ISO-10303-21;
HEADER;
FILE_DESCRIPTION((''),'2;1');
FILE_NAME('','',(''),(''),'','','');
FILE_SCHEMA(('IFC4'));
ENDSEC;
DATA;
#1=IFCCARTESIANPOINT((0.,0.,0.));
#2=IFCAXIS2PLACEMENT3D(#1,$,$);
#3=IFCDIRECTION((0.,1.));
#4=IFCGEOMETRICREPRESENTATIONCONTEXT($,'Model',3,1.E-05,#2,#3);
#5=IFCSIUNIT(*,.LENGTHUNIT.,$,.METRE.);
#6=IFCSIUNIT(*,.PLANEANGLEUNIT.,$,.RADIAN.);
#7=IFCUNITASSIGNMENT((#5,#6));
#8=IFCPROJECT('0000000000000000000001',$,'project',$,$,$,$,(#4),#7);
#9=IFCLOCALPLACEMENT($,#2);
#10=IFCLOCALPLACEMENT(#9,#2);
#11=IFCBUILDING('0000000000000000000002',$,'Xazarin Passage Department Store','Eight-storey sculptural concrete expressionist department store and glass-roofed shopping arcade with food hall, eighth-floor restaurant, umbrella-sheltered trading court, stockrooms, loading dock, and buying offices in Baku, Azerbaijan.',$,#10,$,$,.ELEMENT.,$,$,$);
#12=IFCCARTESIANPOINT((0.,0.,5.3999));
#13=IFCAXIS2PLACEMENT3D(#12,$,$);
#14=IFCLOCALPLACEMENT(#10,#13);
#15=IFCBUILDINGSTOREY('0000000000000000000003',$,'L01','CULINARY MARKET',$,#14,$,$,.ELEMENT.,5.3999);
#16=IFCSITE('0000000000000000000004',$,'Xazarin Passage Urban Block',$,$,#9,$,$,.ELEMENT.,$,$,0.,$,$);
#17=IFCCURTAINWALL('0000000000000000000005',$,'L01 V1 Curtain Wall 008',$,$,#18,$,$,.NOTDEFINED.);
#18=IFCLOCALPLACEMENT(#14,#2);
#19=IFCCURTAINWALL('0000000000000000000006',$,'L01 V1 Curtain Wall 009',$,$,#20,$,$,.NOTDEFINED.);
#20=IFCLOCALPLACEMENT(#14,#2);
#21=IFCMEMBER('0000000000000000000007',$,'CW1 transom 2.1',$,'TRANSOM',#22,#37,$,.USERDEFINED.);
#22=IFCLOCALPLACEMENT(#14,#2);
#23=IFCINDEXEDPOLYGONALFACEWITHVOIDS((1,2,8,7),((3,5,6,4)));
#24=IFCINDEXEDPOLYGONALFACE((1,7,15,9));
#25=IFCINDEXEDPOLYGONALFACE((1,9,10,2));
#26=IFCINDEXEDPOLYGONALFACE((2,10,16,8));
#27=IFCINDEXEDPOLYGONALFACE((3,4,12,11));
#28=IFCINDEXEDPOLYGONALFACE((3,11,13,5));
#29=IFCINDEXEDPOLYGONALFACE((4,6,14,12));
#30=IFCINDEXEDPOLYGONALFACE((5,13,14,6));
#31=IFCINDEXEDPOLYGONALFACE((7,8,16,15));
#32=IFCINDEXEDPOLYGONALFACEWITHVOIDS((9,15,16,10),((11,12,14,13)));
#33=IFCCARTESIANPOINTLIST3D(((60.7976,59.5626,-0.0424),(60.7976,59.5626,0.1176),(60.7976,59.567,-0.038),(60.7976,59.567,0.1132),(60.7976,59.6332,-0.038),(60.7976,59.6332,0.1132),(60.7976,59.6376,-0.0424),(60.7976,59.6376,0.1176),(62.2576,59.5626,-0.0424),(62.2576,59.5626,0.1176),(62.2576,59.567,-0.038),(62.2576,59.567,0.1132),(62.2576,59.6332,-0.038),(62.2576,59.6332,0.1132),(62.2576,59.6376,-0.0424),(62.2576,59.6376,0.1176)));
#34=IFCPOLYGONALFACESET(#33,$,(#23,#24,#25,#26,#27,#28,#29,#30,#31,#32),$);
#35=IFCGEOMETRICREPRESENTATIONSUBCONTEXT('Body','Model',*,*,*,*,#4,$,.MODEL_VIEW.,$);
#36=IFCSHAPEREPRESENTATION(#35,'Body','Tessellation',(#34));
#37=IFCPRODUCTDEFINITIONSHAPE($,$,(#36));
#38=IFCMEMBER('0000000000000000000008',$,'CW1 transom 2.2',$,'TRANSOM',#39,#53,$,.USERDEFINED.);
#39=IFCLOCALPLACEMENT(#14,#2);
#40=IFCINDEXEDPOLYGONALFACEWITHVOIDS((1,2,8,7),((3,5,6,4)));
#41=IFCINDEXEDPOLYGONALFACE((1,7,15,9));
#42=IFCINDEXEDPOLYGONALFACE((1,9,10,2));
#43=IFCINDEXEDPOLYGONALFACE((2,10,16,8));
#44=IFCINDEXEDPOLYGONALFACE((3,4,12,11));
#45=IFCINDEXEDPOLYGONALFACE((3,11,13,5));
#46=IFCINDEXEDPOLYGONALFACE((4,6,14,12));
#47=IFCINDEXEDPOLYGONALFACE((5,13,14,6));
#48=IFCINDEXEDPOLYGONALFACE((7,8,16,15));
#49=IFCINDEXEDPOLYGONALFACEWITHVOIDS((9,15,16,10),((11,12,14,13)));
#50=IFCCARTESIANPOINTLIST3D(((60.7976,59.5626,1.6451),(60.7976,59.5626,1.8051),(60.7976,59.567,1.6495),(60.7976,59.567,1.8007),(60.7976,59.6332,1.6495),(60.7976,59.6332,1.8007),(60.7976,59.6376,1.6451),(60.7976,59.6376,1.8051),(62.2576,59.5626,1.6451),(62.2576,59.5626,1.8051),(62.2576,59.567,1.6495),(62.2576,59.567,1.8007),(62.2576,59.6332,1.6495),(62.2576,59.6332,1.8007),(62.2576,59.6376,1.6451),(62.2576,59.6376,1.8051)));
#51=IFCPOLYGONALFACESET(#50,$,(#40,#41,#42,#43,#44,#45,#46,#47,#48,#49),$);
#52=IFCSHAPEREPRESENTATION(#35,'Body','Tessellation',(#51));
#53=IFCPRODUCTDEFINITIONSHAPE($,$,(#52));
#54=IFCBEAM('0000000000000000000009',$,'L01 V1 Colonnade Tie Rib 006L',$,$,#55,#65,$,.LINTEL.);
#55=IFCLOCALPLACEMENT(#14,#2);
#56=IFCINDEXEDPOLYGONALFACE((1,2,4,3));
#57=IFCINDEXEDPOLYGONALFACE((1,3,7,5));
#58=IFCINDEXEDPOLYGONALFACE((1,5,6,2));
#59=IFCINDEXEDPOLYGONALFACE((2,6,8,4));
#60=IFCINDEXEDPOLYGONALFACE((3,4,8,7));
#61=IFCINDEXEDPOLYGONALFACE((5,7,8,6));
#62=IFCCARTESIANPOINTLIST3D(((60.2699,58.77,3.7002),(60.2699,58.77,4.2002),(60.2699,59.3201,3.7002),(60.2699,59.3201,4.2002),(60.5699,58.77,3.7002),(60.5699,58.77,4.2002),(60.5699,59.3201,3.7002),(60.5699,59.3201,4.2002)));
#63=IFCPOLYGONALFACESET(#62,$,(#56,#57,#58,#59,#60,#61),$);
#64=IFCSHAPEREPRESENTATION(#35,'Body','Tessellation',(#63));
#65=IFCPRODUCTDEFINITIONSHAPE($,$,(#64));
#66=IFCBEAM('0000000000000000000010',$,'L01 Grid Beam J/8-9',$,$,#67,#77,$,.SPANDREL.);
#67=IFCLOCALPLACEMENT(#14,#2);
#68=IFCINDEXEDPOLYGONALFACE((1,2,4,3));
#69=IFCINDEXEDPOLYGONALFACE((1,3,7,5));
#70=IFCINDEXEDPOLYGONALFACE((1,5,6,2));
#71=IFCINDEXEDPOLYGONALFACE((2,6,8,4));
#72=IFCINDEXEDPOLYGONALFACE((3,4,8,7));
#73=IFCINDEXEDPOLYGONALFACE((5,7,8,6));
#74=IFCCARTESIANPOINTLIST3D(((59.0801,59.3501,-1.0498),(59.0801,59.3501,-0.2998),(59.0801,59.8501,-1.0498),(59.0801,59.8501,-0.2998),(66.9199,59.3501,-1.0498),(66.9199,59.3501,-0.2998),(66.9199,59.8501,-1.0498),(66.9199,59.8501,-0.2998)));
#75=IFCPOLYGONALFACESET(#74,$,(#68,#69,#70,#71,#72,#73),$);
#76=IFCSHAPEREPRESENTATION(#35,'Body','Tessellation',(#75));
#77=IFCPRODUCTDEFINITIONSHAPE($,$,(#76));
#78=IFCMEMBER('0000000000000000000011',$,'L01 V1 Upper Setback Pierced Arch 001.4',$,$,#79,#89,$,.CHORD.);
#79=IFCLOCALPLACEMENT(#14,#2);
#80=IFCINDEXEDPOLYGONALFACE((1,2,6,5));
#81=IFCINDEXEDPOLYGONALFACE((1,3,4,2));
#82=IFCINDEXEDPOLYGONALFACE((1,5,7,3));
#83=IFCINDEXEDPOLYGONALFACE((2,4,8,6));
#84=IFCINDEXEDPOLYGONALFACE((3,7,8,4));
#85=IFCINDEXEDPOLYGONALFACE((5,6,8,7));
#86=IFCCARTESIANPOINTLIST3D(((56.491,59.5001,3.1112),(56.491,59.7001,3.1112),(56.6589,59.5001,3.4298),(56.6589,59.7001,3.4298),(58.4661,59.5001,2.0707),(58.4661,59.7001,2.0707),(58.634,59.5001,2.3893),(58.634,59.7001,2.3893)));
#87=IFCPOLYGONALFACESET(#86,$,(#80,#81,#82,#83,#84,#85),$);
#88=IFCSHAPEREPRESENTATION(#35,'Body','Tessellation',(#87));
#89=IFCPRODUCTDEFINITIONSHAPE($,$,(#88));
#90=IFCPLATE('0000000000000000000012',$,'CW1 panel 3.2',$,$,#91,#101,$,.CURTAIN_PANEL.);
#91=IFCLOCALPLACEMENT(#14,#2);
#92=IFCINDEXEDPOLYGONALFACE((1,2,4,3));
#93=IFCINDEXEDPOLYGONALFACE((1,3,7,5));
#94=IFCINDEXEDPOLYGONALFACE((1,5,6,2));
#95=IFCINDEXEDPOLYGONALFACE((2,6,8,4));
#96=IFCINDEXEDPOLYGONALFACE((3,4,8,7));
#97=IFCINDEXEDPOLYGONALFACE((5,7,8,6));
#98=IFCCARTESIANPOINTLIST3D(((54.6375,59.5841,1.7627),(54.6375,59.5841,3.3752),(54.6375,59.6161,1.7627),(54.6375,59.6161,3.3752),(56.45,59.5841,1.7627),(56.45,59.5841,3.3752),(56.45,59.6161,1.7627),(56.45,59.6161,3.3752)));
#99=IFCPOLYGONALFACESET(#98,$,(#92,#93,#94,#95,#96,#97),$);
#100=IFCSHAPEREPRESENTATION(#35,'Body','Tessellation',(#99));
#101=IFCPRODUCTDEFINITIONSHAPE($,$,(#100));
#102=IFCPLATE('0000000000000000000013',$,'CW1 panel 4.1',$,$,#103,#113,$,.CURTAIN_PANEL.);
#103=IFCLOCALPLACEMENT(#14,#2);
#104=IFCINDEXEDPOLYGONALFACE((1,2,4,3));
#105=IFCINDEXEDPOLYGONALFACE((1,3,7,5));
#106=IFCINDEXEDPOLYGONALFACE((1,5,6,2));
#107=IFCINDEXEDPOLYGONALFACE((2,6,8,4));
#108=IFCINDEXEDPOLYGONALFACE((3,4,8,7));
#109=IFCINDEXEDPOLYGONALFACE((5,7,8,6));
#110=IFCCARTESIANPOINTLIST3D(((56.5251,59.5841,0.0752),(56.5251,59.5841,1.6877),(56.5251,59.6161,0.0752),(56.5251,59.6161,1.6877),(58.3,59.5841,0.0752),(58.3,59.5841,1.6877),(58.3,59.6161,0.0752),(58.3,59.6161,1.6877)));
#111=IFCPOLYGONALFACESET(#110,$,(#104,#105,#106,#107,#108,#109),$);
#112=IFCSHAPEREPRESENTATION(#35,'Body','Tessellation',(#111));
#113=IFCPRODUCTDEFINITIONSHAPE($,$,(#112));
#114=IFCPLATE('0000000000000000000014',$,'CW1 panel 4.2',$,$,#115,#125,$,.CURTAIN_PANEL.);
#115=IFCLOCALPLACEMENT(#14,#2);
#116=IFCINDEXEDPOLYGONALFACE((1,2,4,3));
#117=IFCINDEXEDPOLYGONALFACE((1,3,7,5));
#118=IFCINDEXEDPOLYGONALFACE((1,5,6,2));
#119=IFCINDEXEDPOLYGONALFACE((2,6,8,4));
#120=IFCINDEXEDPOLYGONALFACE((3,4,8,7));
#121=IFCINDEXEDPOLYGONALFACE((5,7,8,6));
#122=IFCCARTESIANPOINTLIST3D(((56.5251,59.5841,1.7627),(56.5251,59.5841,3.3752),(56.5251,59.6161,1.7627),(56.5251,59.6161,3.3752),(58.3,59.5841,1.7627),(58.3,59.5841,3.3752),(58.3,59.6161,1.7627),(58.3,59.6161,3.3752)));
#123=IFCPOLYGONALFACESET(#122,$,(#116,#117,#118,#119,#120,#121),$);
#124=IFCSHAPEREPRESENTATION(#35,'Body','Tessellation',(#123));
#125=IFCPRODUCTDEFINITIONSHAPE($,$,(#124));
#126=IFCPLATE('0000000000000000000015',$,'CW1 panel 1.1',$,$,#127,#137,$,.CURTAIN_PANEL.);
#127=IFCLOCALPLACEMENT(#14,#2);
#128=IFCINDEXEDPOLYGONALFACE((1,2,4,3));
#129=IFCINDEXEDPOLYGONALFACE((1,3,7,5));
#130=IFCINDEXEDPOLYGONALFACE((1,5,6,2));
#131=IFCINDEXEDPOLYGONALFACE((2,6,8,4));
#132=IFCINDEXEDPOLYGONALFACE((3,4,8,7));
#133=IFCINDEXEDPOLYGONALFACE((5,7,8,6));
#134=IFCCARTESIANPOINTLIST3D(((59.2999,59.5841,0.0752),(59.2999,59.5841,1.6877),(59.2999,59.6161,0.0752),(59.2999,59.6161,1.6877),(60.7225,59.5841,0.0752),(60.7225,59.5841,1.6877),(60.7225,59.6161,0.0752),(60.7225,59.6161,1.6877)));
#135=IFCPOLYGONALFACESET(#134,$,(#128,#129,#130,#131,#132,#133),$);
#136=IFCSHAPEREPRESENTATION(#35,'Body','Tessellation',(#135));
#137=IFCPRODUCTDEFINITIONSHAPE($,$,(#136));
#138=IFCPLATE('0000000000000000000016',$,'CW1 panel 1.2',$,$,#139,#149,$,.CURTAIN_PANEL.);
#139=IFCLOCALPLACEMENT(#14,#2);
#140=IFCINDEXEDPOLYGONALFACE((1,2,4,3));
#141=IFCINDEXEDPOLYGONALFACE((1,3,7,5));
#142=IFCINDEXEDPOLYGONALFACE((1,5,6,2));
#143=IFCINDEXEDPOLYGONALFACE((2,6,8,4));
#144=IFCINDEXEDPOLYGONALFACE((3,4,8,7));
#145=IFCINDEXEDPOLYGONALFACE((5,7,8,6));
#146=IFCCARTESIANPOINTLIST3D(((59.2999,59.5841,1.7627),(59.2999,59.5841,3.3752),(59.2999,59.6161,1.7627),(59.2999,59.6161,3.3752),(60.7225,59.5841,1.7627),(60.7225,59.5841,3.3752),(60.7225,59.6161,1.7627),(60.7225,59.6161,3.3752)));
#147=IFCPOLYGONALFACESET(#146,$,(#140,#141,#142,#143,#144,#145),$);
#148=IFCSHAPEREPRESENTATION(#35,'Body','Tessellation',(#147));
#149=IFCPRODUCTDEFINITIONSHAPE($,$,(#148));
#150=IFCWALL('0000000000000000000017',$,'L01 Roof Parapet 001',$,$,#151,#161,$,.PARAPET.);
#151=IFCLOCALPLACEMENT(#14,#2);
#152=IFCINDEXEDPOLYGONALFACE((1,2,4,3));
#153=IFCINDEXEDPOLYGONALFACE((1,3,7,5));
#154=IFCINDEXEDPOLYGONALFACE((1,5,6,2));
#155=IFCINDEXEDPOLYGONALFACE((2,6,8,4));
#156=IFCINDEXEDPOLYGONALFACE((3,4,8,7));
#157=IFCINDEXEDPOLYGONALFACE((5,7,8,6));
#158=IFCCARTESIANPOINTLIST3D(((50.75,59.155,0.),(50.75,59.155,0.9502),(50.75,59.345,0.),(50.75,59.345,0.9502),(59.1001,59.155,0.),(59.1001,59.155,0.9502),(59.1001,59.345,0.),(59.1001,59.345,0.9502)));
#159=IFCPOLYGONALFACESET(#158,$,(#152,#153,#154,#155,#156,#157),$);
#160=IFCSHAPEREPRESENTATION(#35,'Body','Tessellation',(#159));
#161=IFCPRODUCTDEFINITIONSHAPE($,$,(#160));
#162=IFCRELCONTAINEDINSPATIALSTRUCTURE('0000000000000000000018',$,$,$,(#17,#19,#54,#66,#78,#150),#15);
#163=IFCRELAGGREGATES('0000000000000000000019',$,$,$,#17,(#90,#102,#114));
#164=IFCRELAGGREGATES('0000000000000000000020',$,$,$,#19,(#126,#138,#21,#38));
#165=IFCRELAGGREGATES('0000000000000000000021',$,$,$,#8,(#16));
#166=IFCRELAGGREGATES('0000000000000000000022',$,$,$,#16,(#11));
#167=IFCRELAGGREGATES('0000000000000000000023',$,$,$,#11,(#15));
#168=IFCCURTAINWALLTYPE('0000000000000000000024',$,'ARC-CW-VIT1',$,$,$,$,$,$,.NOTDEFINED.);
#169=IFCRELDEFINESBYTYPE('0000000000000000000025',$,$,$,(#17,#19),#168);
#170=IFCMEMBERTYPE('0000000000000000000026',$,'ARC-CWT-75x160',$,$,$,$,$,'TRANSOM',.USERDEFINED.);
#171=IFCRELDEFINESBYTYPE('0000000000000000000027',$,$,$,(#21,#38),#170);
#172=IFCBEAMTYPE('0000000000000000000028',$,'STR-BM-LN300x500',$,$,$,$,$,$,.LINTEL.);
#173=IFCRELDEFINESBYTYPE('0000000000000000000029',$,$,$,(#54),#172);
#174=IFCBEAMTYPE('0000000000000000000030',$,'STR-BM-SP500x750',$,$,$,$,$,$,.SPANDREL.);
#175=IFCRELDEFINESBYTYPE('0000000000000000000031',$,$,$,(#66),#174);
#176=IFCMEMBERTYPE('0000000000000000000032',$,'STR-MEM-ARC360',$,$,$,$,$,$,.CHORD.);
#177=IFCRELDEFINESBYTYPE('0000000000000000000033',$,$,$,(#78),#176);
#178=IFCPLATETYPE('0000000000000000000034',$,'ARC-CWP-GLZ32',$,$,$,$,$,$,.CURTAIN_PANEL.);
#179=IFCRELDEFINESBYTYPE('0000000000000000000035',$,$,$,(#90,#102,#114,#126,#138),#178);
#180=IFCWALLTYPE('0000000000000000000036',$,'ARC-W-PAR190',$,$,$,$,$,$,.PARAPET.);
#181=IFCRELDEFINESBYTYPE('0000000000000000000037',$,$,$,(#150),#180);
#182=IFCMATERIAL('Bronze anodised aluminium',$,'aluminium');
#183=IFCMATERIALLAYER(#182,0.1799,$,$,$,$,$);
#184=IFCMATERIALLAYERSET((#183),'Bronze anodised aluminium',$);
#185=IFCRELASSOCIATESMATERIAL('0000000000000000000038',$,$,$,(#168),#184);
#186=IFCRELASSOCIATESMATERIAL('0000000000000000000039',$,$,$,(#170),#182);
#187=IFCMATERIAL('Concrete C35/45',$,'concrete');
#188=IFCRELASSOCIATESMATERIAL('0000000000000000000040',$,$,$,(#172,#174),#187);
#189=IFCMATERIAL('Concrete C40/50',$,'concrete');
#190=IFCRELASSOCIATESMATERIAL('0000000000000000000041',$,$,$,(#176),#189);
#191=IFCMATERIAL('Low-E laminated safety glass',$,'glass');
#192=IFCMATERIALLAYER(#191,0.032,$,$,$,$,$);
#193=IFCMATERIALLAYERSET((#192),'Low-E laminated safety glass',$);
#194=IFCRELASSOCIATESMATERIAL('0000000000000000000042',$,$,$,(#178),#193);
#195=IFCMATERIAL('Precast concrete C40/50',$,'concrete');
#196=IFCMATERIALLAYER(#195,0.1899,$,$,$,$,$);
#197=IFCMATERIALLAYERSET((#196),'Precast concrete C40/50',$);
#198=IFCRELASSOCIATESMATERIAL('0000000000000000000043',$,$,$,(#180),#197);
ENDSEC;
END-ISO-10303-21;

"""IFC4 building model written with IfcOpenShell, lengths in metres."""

from ifc_helpers import new_model, si_unit, direction, frame, frame_2d, origin, origin_2d, place, context, subcontext, project, spatial, rectangle, hollow_rectangle, extrude, material, layer, layer_set, material_profile, profile_set, type_object, element, aggregate, save


model = new_model("IFC4")

# Units and contexts
model_context = context("Model", 3, precision=1e-05, world=origin(), true_north=direction((0.0, 1.0)))
body_context = subcontext(model_context, "Body", "Model", "MODEL_VIEW")
ifc_project = project(units=[si_unit("LENGTHUNIT", "METRE"), si_unit("PLANEANGLEUNIT", "RADIAN")], contexts=[model_context])

# Site, building, storey
site_placement = place(None, origin())
site = spatial("IfcSite", under=ifc_project, at=site_placement, Name="Xazarin Passage Urban Block", CompositionType="ELEMENT", RefElevation=0.0)
building_placement = place(site_placement, origin())
building = spatial("IfcBuilding", under=site, at=building_placement, Name="Xazarin Passage Department Store", Description="Eight-storey sculptural concrete expressionist department store and glass-roofed shopping arcade with food hall, eighth-floor restaurant, umbrella-sheltered trading court, stockrooms, loading dock, and buying offices in Baku, Azerbaijan.", CompositionType="ELEMENT")
storey_placement = place(building_placement, frame((0.0, 0.0, 5.3999)))
storey = spatial("IfcBuildingStorey", under=building, at=storey_placement, Name="L01", Description="CULINARY MARKET", CompositionType="ELEMENT", Elevation=5.3999)

# Shared definitions
ifc_material_1 = material(Name="Concrete C40/50", Category="concrete")

# Curtain walls
ifc_material_2 = material(Name="Bronze anodised aluminium", Category="aluminium")
ifc_layer_1 = layer(ifc_material_2, 0.1799)
ifc_layer_set_1 = layer_set([ifc_layer_1], Name="Bronze anodised aluminium")
curtain_wall_type = type_object("IfcCurtainWallType", Name="ARC-CW-VIT1", PredefinedType="NOTDEFINED", material=ifc_layer_set_1)
curtain_wall_1_placement = place(storey_placement, origin())
curtain_wall_1 = element("IfcCurtainWall", 1, at=curtain_wall_1_placement, inside=storey, type_object=curtain_wall_type, Name="L01 V1 Curtain Wall 008", PredefinedType="NOTDEFINED")
curtain_wall_2_placement = place(storey_placement, origin())
curtain_wall_2 = element("IfcCurtainWall", 2, at=curtain_wall_2_placement, inside=storey, type_object=curtain_wall_type, Name="L01 V1 Curtain Wall 009", PredefinedType="NOTDEFINED")

# Members
ifc_material_profile_1 = material_profile(ifc_material_2, hollow_rectangle(XDim=0.075, YDim=0.1599, WallThickness=0.0044, at=origin_2d()), Name="ALU 75x160")
ifc_profile_set_1 = profile_set([ifc_material_profile_1], Name="Bronze anodised aluminium")
member_type_1 = type_object("IfcMemberType", Name="ARC-CWT-75x160", ElementType="TRANSOM", PredefinedType="USERDEFINED", material=ifc_profile_set_1)
member_1_placement = place(storey_placement, frame((60.7976, 59.6001, 0.0376), z_axis=(1.0, 0.0, 0.0), x_axis=(0.0, 1.0, 0.0)))
member_1 = element("IfcMember", 3, at=member_1_placement, type_object=member_type_1, Name="CW1 transom 2.1", ObjectType="TRANSOM", PredefinedType="USERDEFINED", context=body_context, shape_type="SweptSolid", body=[
    extrude(hollow_rectangle(XDim=0.075, YDim=0.1599, WallThickness=0.0044, at=origin_2d()), origin(), (0.0, 0.0, 1.0), 1.46),
])
member_2_placement = place(storey_placement, frame((60.7976, 59.6001, 1.7251), z_axis=(1.0, 0.0, 0.0), x_axis=(0.0, 1.0, 0.0)))
member_2 = element("IfcMember", 4, at=member_2_placement, type_object=member_type_1, Name="CW1 transom 2.2", ObjectType="TRANSOM", PredefinedType="USERDEFINED", context=body_context, shape_type="SweptSolid", body=[
    extrude(hollow_rectangle(XDim=0.075, YDim=0.1599, WallThickness=0.0044, at=origin_2d()), origin(), (0.0, 0.0, 1.0), 1.46),
])

# Beams
ifc_material_3 = material(Name="Concrete C35/45", Category="concrete")
ifc_material_profile_2 = material_profile(ifc_material_3, rectangle(XDim=0.3, YDim=0.5, at=origin_2d()), Name="RC 300x500")
ifc_profile_set_2 = profile_set([ifc_material_profile_2], Name="Concrete C35/45")
beam_type_1 = type_object("IfcBeamType", Name="STR-BM-LN300x500", PredefinedType="LINTEL", material=ifc_profile_set_2)
beam_1_placement = place(storey_placement, frame((60.4199, 59.3201, 3.9502), z_axis=(0.0, -1.0, 0.0), x_axis=(1.0, 0.0, 0.0)))
element("IfcBeam", 5, at=beam_1_placement, inside=storey, type_object=beam_type_1, Name="L01 V1 Colonnade Tie Rib 006L", PredefinedType="LINTEL", context=body_context, shape_type="SweptSolid", body=[
    extrude(rectangle(XDim=0.3, YDim=0.5, at=origin_2d()), origin(), (0.0, 0.0, 1.0), 0.55),
])
ifc_material_profile_3 = material_profile(ifc_material_3, rectangle(XDim=0.5, YDim=0.75, at=origin_2d()), Name="RC 500x750")
ifc_profile_set_3 = profile_set([ifc_material_profile_3], Name="Concrete C35/45")
beam_type_2 = type_object("IfcBeamType", Name="STR-BM-SP500x750", PredefinedType="SPANDREL", material=ifc_profile_set_3)
beam_2_placement = place(storey_placement, frame((59.0801, 59.6001, -0.6748), z_axis=(1.0, 0.0, 0.0), x_axis=(0.0, 1.0, 0.0)))
element("IfcBeam", 6, at=beam_2_placement, inside=storey, type_object=beam_type_2, Name="L01 Grid Beam J/8-9", PredefinedType="SPANDREL", context=body_context, shape_type="SweptSolid", body=[
    extrude(rectangle(XDim=0.5, YDim=0.75, at=origin_2d()), origin(), (0.0, 0.0, 1.0), 7.8398),
])

# Member
ifc_material_profile_4 = material_profile(ifc_material_1, rectangle(XDim=0.2, YDim=0.3601, at=origin_2d()), Name="RC 200x360")
ifc_profile_set_4 = profile_set([ifc_material_profile_4], Name="Concrete C40/50")
member_type_2 = type_object("IfcMemberType", Name="STR-MEM-ARC360", PredefinedType="CHORD", material=ifc_profile_set_4)
member_3_placement = place(storey_placement, frame((56.575, 59.6001, 3.2705), z_axis=(0.884733, 0.0, -0.466098), x_axis=(0.0, 1.0, 0.0)))
element("IfcMember", 7, at=member_3_placement, inside=storey, type_object=member_type_2, Name="L01 V1 Upper Setback Pierced Arch 001.4", PredefinedType="CHORD", context=body_context, shape_type="SweptSolid", body=[
    extrude(rectangle(XDim=0.2, YDim=0.3601, at=origin_2d()), origin(), (0.0, 0.0, 1.0), 2.2324),
])

# Plates
ifc_material_4 = material(Name="Low-E laminated safety glass", Category="glass")
ifc_layer_2 = layer(ifc_material_4, 0.032)
ifc_layer_set_2 = layer_set([ifc_layer_2], Name="Low-E laminated safety glass")
plate_type = type_object("IfcPlateType", Name="ARC-CWP-GLZ32", PredefinedType="CURTAIN_PANEL", material=ifc_layer_set_2)
plate_1_placement = place(storey_placement, frame((55.5437, 59.6001, 1.7627), z_axis=(0.0, 0.0, 1.0), x_axis=(1.0, 0.0, 0.0)))
plate_1 = element("IfcPlate", 8, at=plate_1_placement, type_object=plate_type, Name="CW1 panel 3.2", PredefinedType="CURTAIN_PANEL", context=body_context, shape_type="SweptSolid", body=[
    extrude(rectangle(XDim=1.8125, YDim=0.032, at=origin_2d()), origin(), (0.0, 0.0, 1.0), 1.6125),
])
plate_2_placement = place(storey_placement, frame((57.4126, 59.6001, 0.0752), z_axis=(0.0, 0.0, 1.0), x_axis=(1.0, 0.0, 0.0)))
plate_2 = element("IfcPlate", 9, at=plate_2_placement, type_object=plate_type, Name="CW1 panel 4.1", PredefinedType="CURTAIN_PANEL", context=body_context, shape_type="SweptSolid", body=[
    extrude(rectangle(XDim=1.7749, YDim=0.032, at=origin_2d()), origin(), (0.0, 0.0, 1.0), 1.6125),
])
plate_3_placement = place(storey_placement, frame((57.4126, 59.6001, 1.7627), z_axis=(0.0, 0.0, 1.0), x_axis=(1.0, 0.0, 0.0)))
plate_3 = element("IfcPlate", 10, at=plate_3_placement, type_object=plate_type, Name="CW1 panel 4.2", PredefinedType="CURTAIN_PANEL", context=body_context, shape_type="SweptSolid", body=[
    extrude(rectangle(XDim=1.7749, YDim=0.032, at=origin_2d()), origin(), (0.0, 0.0, 1.0), 1.6125),
])
aggregate(curtain_wall_1, [plate_1, plate_2, plate_3])
plate_4_placement = place(storey_placement, frame((60.0112, 59.6001, 0.0752), z_axis=(0.0, 0.0, 1.0), x_axis=(1.0, 0.0, 0.0)))
plate_4 = element("IfcPlate", 11, at=plate_4_placement, type_object=plate_type, Name="CW1 panel 1.1", PredefinedType="CURTAIN_PANEL", context=body_context, shape_type="SweptSolid", body=[
    extrude(rectangle(XDim=1.4226, YDim=0.032, at=origin_2d()), origin(), (0.0, 0.0, 1.0), 1.6125),
])
plate_5_placement = place(storey_placement, frame((60.0112, 59.6001, 1.7627), z_axis=(0.0, 0.0, 1.0), x_axis=(1.0, 0.0, 0.0)))
plate_5 = element("IfcPlate", 12, at=plate_5_placement, type_object=plate_type, Name="CW1 panel 1.2", PredefinedType="CURTAIN_PANEL", context=body_context, shape_type="SweptSolid", body=[
    extrude(rectangle(XDim=1.4226, YDim=0.032, at=origin_2d()), origin(), (0.0, 0.0, 1.0), 1.6125),
])
aggregate(curtain_wall_2, [plate_4, plate_5, member_1, member_2])

# Wall
ifc_material_5 = material(Name="Precast concrete C40/50", Category="concrete")
ifc_layer_3 = layer(ifc_material_5, 0.1899)
ifc_layer_set_3 = layer_set([ifc_layer_3], Name="Precast concrete C40/50")
wall_type = type_object("IfcWallType", Name="ARC-W-PAR190", PredefinedType="PARAPET", material=ifc_layer_set_3)
wall_placement = place(storey_placement, frame((59.1001, 59.25, 0.0), z_axis=(0.0, 0.0, 1.0), x_axis=(-1.0, 0.0, 0.0)))
element("IfcWall", 13, at=wall_placement, inside=storey, type_object=wall_type, Name="L01 Roof Parapet 001", PredefinedType="PARAPET", context=body_context, shape_type="SweptSolid", body=[
    extrude(rectangle(XDim=8.3501, YDim=0.1899, at=frame_2d((4.175, 0.0))), origin(), (0.0, 0.0, 1.0), 0.9502),
])

save(model, "model.ifc")
